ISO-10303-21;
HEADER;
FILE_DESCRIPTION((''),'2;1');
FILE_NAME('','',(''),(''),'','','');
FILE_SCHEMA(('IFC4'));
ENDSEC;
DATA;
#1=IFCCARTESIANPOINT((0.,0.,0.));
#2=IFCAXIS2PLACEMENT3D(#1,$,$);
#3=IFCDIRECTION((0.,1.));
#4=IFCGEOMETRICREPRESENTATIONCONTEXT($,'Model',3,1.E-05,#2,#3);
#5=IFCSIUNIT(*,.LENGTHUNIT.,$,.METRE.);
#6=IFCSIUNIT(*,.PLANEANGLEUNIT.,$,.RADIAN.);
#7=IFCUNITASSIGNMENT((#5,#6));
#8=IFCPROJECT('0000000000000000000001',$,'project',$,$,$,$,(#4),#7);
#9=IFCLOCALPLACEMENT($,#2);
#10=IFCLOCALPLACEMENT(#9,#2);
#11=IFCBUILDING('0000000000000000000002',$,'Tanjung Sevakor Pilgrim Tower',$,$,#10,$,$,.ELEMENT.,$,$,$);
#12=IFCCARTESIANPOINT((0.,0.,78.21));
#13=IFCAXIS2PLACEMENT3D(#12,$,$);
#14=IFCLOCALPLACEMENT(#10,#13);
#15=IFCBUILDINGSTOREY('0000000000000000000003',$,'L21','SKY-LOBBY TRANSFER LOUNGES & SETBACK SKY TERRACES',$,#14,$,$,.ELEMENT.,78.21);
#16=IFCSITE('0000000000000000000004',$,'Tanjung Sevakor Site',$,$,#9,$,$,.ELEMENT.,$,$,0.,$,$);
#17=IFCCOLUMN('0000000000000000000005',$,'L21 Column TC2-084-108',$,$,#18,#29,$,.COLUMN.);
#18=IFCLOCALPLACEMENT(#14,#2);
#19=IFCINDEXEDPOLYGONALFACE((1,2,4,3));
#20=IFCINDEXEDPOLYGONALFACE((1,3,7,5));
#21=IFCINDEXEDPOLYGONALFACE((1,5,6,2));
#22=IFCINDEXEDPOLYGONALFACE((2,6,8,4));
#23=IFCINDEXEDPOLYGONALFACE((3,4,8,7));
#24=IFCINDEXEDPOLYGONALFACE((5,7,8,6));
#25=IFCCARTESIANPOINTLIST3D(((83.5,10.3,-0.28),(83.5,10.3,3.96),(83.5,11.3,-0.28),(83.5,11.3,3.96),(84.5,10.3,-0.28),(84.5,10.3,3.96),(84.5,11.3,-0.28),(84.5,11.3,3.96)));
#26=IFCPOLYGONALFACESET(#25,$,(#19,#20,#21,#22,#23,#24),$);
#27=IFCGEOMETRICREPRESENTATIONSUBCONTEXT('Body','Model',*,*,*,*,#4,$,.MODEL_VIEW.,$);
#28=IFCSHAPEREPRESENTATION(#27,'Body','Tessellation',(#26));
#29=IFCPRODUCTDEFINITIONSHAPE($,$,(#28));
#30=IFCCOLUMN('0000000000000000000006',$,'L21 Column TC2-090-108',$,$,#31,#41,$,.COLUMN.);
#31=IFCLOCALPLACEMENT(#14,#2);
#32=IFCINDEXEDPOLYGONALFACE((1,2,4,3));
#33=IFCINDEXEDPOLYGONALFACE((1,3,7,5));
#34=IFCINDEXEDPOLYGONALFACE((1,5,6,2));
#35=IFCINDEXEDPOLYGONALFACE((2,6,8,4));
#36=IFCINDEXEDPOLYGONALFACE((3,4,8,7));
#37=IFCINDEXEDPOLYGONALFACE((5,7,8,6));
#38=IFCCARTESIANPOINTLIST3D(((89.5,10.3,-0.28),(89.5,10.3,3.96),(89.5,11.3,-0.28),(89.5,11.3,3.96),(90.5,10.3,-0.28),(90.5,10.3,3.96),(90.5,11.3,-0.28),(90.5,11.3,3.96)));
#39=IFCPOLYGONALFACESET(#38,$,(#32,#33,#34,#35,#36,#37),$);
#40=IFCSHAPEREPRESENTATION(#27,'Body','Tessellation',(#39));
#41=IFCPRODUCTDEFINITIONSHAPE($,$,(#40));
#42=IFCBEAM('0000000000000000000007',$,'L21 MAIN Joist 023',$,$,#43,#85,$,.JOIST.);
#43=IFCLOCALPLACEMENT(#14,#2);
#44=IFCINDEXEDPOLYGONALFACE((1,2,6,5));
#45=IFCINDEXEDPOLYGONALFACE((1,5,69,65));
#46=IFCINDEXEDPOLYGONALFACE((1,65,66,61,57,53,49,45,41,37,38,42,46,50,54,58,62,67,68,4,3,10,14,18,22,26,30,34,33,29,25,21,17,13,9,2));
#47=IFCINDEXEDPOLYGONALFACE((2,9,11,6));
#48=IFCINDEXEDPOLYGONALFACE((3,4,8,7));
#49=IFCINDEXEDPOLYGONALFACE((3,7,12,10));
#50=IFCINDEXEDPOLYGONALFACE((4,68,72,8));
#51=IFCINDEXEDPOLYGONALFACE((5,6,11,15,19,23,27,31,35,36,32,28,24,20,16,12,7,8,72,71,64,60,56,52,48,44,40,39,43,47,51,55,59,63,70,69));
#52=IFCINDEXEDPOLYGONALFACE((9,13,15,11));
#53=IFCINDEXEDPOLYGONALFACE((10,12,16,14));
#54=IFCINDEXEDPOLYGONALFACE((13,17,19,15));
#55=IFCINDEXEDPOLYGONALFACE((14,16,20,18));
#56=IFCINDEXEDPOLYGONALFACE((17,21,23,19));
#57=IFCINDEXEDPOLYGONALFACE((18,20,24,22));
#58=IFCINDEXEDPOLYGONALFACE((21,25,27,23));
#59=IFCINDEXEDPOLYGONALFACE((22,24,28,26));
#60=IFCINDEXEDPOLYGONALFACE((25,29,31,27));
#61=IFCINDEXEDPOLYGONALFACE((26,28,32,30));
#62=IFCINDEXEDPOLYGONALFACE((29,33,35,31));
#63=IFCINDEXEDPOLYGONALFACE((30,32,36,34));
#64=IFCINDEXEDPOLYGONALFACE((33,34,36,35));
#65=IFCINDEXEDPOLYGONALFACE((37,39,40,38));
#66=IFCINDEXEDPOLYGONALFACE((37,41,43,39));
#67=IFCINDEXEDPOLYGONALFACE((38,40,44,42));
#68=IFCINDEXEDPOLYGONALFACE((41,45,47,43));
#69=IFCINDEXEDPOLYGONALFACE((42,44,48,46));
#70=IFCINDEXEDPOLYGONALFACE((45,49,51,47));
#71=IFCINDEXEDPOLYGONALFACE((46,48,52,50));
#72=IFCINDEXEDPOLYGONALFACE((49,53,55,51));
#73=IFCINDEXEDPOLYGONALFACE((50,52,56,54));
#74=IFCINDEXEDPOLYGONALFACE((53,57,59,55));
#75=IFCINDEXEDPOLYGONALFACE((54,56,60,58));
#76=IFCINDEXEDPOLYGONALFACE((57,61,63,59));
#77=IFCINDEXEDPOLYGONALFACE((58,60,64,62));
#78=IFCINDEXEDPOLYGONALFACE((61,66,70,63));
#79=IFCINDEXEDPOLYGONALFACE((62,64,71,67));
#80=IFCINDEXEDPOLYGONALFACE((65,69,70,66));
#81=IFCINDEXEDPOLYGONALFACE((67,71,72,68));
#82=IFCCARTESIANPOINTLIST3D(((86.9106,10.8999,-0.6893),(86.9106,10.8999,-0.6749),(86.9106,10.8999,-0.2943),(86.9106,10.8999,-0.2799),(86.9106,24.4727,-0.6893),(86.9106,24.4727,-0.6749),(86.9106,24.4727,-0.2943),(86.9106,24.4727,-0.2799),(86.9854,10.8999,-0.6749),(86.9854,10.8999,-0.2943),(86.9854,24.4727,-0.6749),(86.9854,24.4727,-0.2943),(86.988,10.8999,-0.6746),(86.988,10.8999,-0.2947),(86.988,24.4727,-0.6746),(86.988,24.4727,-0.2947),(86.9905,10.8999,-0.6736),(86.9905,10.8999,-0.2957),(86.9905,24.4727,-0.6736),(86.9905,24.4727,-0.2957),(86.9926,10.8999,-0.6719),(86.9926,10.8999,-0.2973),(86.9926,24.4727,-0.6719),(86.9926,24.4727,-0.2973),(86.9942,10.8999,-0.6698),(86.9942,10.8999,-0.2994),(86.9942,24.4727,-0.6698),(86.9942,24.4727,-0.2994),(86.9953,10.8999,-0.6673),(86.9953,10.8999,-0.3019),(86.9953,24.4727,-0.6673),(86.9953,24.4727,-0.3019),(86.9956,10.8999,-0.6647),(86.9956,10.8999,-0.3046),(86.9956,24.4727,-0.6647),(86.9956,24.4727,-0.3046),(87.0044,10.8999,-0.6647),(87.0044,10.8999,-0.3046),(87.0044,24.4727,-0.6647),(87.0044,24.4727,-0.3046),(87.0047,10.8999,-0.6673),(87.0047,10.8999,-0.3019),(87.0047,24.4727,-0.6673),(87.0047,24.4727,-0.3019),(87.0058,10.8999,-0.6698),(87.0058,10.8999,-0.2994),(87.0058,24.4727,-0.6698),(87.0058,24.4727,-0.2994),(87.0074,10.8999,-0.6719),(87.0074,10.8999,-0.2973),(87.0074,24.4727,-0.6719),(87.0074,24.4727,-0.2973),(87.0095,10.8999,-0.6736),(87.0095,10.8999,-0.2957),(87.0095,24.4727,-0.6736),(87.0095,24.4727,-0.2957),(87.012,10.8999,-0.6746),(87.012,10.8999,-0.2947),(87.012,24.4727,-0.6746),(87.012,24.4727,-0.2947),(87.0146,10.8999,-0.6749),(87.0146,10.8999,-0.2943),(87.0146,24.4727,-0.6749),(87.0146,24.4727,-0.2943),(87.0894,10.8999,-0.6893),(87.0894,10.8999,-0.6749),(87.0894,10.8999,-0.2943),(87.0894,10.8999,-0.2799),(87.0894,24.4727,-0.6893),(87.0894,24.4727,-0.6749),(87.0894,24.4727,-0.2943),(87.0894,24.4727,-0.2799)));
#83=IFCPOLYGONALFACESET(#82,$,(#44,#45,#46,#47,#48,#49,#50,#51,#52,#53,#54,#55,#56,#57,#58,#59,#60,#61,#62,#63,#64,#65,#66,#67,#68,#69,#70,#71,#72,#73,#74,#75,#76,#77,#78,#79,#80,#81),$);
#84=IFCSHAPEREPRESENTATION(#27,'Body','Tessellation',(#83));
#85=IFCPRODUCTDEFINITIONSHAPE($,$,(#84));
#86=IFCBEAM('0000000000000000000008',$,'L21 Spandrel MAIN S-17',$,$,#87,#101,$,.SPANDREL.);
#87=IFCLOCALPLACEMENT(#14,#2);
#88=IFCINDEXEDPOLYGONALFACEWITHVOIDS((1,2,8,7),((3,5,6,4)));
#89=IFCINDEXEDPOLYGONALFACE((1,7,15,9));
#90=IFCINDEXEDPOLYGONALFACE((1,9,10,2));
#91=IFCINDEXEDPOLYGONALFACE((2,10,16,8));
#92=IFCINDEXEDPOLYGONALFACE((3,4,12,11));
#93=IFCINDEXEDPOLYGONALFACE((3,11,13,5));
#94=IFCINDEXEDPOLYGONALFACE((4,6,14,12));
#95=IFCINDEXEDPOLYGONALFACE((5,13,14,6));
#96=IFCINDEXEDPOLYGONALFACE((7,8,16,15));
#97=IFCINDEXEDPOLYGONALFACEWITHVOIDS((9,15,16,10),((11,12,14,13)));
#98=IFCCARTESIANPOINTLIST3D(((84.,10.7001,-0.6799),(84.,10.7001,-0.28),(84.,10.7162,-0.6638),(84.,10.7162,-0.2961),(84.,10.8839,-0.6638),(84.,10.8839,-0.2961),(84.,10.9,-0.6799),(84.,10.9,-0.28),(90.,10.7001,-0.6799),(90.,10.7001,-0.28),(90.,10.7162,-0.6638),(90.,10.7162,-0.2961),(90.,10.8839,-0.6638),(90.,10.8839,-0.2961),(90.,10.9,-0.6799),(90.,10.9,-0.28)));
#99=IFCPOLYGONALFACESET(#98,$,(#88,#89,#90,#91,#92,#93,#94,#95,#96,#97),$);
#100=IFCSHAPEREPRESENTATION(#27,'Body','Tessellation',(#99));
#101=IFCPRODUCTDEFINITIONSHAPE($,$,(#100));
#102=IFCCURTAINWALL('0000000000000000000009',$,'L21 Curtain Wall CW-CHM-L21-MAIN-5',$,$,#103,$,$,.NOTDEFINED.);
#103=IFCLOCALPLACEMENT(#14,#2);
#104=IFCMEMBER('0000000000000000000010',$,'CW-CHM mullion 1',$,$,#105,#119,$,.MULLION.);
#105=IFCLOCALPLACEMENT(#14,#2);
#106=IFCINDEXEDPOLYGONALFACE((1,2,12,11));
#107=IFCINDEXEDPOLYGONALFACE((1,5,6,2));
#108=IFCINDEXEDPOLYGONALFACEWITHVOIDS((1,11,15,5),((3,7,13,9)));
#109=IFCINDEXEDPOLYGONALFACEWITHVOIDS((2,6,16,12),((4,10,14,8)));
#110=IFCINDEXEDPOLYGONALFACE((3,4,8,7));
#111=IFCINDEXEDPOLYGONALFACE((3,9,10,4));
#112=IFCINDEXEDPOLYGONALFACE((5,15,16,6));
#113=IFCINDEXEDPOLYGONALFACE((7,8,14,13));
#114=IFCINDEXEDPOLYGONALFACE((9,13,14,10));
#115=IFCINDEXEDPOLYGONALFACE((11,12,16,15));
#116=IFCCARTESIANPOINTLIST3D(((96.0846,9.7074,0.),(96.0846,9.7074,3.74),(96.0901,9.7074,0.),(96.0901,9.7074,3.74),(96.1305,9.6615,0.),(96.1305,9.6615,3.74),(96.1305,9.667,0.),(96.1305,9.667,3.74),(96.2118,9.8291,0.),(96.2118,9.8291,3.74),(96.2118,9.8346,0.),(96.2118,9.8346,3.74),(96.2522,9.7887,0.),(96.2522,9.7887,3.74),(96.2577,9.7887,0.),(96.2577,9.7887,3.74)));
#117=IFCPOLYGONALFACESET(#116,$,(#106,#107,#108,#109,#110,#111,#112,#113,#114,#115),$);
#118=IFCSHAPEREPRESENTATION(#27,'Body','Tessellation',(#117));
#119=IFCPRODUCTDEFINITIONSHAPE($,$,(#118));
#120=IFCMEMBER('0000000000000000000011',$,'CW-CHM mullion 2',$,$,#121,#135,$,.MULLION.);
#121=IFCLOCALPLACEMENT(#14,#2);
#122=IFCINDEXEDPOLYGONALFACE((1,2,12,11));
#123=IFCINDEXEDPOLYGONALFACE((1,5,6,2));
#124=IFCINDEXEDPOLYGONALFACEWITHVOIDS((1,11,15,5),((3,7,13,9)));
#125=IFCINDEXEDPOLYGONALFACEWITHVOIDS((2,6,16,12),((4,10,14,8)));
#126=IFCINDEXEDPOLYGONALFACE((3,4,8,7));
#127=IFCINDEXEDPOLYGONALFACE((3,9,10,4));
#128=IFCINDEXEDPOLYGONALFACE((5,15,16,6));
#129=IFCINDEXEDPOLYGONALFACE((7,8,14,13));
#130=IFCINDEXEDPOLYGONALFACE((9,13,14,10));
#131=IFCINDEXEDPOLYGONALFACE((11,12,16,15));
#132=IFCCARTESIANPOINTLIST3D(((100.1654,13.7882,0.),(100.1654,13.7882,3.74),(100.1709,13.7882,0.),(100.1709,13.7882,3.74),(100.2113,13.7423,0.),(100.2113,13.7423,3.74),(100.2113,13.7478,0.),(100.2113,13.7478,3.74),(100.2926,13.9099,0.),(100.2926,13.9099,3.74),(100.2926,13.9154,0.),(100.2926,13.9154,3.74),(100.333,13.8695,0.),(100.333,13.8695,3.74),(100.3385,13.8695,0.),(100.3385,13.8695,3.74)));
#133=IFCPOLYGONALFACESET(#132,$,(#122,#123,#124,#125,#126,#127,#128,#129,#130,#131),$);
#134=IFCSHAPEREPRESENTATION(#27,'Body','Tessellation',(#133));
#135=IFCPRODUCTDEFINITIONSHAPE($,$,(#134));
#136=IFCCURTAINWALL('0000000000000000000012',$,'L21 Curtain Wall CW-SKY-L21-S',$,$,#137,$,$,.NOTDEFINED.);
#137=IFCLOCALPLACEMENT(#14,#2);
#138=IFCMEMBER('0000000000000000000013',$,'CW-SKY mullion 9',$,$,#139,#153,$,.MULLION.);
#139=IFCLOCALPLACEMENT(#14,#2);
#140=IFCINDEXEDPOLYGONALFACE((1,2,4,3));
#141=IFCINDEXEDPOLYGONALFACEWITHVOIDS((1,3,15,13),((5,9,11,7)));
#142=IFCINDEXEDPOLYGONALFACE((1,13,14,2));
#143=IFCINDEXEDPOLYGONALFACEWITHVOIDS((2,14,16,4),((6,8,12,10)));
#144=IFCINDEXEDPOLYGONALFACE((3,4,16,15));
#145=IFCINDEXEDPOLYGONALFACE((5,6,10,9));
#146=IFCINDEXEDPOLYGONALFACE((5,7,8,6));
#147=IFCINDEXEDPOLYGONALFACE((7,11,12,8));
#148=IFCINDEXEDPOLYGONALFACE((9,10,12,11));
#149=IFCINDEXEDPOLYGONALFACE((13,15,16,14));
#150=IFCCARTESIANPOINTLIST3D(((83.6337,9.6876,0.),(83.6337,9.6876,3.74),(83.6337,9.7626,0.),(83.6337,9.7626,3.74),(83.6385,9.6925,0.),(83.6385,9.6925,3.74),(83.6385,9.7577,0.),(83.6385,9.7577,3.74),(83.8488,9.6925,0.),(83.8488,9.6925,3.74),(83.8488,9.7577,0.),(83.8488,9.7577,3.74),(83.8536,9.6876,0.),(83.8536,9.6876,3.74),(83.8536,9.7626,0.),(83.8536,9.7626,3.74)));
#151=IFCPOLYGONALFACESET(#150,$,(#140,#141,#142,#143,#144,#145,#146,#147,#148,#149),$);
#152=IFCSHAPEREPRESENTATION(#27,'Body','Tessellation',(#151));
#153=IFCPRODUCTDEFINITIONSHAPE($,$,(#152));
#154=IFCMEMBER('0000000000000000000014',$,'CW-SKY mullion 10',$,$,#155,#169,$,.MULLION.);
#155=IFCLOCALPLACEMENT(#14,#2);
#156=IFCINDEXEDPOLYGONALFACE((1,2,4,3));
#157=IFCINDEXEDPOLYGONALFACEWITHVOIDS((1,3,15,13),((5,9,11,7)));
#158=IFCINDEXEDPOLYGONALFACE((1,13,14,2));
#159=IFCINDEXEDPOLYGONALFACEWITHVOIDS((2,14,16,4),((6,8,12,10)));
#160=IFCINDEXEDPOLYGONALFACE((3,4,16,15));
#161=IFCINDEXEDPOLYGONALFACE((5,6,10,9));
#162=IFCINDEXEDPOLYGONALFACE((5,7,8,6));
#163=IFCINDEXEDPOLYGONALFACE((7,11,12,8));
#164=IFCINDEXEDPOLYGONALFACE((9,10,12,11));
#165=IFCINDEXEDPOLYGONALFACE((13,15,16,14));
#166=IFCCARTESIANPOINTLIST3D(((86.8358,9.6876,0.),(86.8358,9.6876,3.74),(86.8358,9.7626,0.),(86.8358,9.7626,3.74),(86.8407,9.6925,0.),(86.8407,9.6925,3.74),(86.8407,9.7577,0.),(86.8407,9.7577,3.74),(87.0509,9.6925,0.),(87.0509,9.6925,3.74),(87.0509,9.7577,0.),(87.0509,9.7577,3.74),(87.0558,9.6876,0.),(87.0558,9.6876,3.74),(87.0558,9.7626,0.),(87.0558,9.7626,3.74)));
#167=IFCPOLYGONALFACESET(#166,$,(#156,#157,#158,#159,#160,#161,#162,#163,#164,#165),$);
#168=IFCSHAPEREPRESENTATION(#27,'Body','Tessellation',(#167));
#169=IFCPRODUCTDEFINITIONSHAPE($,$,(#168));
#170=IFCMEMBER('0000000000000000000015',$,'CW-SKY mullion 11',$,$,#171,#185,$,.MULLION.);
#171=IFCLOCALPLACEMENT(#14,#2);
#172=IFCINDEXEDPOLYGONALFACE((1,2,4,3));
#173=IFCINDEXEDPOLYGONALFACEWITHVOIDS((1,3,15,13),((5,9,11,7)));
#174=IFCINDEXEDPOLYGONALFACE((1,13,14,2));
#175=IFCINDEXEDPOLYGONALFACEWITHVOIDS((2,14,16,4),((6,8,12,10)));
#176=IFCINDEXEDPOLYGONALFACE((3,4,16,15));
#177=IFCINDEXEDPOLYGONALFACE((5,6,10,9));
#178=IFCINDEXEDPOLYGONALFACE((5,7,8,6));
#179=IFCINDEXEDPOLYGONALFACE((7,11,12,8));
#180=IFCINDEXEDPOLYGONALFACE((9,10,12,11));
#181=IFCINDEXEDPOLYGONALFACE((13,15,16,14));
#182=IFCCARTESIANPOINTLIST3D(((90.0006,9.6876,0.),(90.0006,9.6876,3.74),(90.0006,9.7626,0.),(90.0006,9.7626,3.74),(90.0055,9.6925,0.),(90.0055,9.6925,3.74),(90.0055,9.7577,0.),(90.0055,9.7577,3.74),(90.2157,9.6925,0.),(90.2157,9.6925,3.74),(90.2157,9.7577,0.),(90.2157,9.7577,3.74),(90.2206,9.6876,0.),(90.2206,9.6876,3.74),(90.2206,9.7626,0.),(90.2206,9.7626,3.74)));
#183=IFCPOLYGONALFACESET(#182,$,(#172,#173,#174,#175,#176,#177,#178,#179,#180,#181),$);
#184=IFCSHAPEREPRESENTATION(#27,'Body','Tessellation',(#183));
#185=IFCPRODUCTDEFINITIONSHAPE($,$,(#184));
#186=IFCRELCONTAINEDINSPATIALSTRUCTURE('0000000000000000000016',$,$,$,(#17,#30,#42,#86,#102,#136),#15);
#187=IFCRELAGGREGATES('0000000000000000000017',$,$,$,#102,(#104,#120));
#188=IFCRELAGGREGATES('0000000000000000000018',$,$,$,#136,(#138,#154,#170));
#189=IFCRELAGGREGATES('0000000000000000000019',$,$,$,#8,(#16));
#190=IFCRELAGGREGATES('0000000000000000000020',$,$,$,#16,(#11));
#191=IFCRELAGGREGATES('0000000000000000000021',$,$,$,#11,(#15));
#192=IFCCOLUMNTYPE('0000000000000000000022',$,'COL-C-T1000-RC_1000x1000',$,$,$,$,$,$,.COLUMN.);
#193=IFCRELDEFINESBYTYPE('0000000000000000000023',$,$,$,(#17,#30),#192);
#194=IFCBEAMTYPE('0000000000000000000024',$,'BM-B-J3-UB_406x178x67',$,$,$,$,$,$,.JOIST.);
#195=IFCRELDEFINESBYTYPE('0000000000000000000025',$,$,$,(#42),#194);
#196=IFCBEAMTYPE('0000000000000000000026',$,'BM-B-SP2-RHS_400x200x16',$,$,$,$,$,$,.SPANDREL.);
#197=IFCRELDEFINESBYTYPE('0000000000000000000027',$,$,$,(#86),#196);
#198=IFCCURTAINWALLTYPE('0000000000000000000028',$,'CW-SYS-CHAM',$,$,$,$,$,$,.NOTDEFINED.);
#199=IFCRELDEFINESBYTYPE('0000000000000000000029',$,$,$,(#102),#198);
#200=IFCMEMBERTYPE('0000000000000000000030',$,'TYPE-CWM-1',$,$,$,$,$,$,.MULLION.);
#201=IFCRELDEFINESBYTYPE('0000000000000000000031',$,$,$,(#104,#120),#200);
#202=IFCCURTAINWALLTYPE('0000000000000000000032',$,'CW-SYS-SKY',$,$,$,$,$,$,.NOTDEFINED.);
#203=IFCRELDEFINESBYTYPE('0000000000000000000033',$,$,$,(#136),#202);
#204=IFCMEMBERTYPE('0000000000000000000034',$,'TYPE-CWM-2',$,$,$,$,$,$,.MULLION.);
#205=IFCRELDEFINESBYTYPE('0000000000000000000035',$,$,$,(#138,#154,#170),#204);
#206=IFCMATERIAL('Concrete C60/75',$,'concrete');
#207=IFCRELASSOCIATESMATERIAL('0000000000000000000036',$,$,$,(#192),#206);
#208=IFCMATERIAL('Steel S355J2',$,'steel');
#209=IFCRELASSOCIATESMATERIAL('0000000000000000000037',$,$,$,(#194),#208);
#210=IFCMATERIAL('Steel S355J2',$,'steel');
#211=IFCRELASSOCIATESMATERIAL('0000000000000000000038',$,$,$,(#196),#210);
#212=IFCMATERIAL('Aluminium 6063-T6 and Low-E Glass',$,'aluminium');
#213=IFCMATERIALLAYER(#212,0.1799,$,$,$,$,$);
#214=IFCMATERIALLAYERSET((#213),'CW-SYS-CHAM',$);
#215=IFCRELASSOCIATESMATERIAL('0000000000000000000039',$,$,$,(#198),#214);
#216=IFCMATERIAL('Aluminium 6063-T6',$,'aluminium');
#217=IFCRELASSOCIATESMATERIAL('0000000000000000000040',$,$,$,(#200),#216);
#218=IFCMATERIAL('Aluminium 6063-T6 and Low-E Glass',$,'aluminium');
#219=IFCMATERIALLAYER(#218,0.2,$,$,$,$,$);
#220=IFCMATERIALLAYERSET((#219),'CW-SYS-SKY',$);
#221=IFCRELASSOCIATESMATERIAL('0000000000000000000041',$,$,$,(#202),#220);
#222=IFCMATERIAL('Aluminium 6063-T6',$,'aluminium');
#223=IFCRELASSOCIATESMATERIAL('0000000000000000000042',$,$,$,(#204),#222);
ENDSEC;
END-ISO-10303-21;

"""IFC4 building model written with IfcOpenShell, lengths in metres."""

from ifc_helpers import new_model, si_unit, direction, frame, origin, origin_2d, place, context, subcontext, project, spatial, rectangle, hollow_rectangle, i_section, extrude, material, layer, layer_set, material_profile, profile_set, type_object, element, aggregate, save


model = new_model("IFC4")

# Units and contexts
model_context = context("Model", 3, precision=1e-05, world=origin(), true_north=direction((0.0, 1.0)))
body_context = subcontext(model_context, "Body", "Model", "MODEL_VIEW")
ifc_project = project(units=[si_unit("LENGTHUNIT", "METRE"), si_unit("PLANEANGLEUNIT", "RADIAN")], contexts=[model_context])

# Site, building, storey
site_placement = place(None, origin())
site = spatial("IfcSite", under=ifc_project, at=site_placement, Name="Tanjung Sevakor Site", CompositionType="ELEMENT", RefElevation=0.0)
building_placement = place(site_placement, origin())
building = spatial("IfcBuilding", under=site, at=building_placement, Name="Tanjung Sevakor Pilgrim Tower", CompositionType="ELEMENT")
storey_placement = place(building_placement, frame((0.0, 0.0, 78.21)))
storey = spatial("IfcBuildingStorey", under=building, at=storey_placement, Name="L21", Description="SKY-LOBBY TRANSFER LOUNGES & SETBACK SKY TERRACES", CompositionType="ELEMENT", Elevation=78.21)

# Columns
ifc_material_1 = material(Name="Concrete C60/75", Category="concrete")
ifc_material_profile_1 = material_profile(ifc_material_1, rectangle(XDim=1.0, YDim=1.0, at=origin_2d()))
ifc_profile_set_1 = profile_set([ifc_material_profile_1], Name="Concrete C60/75")
column_type = type_object("IfcColumnType", Name="COL-C-T1000-RC_1000x1000", PredefinedType="COLUMN", material=ifc_profile_set_1)
for number, where, z_axis, x_axis, name in (
    (1, (84.0, 10.8, -0.28), (0.0, 0.0, 1.0), (1.0, 0.0, 0.0), "L21 Column TC2-084-108"),
    (2, (90.0, 10.8, -0.28), (0.0, 0.0, 1.0), (1.0, 0.0, 0.0), "L21 Column TC2-090-108"),
):
    element("IfcColumn", number, at=place(storey_placement, frame(where, z_axis=z_axis, x_axis=x_axis)), inside=storey, type_object=column_type, Name=name, PredefinedType="COLUMN", context=body_context, shape_type="SweptSolid", body=[
        extrude(rectangle(XDim=1.0, YDim=1.0, at=origin_2d()), origin(), (0.0, 0.0, 1.0), 4.24),
    ])

# Beams
ifc_material_2 = material(Name="Steel S355J2", Category="steel")
ifc_material_profile_2 = material_profile(ifc_material_2, i_section(OverallWidth=0.1787, OverallDepth=0.4094, WebThickness=0.0088, FlangeThickness=0.0144, FilletRadius=0.0103, at=origin_2d()))
ifc_profile_set_2 = profile_set([ifc_material_profile_2], Name="Steel S355J2")
beam_type_1 = type_object("IfcBeamType", Name="BM-B-J3-UB_406x178x67", PredefinedType="JOIST", material=ifc_profile_set_2)
beam_1_placement = place(storey_placement, frame((87.0, 10.8999, -0.4846), z_axis=(0.0, 1.0, 0.0), x_axis=(-1.0, 0.0, 0.0)))
element("IfcBeam", 3, at=beam_1_placement, inside=storey, type_object=beam_type_1, Name="L21 MAIN Joist 023", PredefinedType="JOIST", context=body_context, shape_type="SweptSolid", body=[
    extrude(i_section(OverallWidth=0.1787, OverallDepth=0.4094, WebThickness=0.0088, FlangeThickness=0.0144, FilletRadius=0.0103, at=origin_2d()), origin(), (0.0, 0.0, 1.0), 13.5728),
])
ifc_material_3 = material(Name="Steel S355J2", Category="steel")
ifc_material_profile_3 = material_profile(ifc_material_3, hollow_rectangle(XDim=0.2, YDim=0.3999, WallThickness=0.0161, at=origin_2d()))
ifc_profile_set_3 = profile_set([ifc_material_profile_3], Name="Steel S355J2")
beam_type_2 = type_object("IfcBeamType", Name="BM-B-SP2-RHS_400x200x16", PredefinedType="SPANDREL", material=ifc_profile_set_3)
beam_2_placement = place(storey_placement, frame((84.0, 10.8, -0.48), z_axis=(1.0, 0.0, 0.0), x_axis=(0.0, 1.0, 0.0)))
element("IfcBeam", 4, at=beam_2_placement, inside=storey, type_object=beam_type_2, Name="L21 Spandrel MAIN S-17", PredefinedType="SPANDREL", context=body_context, shape_type="SweptSolid", body=[
    extrude(hollow_rectangle(XDim=0.2, YDim=0.3999, WallThickness=0.0161, at=origin_2d()), origin(), (0.0, 0.0, 1.0), 6.0),
])

# Curtain walls, members
ifc_material_4 = material(Name="Aluminium 6063-T6 and Low-E Glass", Category="aluminium")
ifc_layer_1 = layer(ifc_material_4, 0.1799)
ifc_layer_set_1 = layer_set([ifc_layer_1], Name="CW-SYS-CHAM")
curtain_wall_type_1 = type_object("IfcCurtainWallType", Name="CW-SYS-CHAM", PredefinedType="NOTDEFINED", material=ifc_layer_set_1)
curtain_wall_1_placement = place(storey_placement, origin())
curtain_wall_1 = element("IfcCurtainWall", 5, at=curtain_wall_1_placement, inside=storey, type_object=curtain_wall_type_1, Name="L21 Curtain Wall CW-CHM-L21-MAIN-5", PredefinedType="NOTDEFINED")
ifc_material_5 = material(Name="Aluminium 6063-T6", Category="aluminium")
ifc_material_profile_4 = material_profile(ifc_material_5, hollow_rectangle(XDim=0.0649, YDim=0.1799, WallThickness=0.0039, at=origin_2d()))
ifc_profile_set_4 = profile_set([ifc_material_profile_4], Name="Aluminium 6063-T6")
member_type_1 = type_object("IfcMemberType", Name="TYPE-CWM-1", PredefinedType="MULLION", material=ifc_profile_set_4)
member_1_placement = place(storey_placement, frame((96.1711, 9.748, 0.0), z_axis=(0.0, 0.0, 1.0), x_axis=(-0.707107, 0.707107, 0.0)))
member_1 = element("IfcMember", 6, at=member_1_placement, type_object=member_type_1, Name="CW-CHM mullion 1", PredefinedType="MULLION", context=body_context, shape_type="SweptSolid", body=[
    extrude(hollow_rectangle(XDim=0.0649, YDim=0.1799, WallThickness=0.0039, at=origin_2d()), origin(), (0.0, 0.0, 1.0), 3.74),
])
member_2_placement = place(storey_placement, frame((100.252, 13.8289, 0.0), z_axis=(0.0, 0.0, 1.0), x_axis=(-0.707107, 0.707107, 0.0)))
member_2 = element("IfcMember", 7, at=member_2_placement, type_object=member_type_1, Name="CW-CHM mullion 2", PredefinedType="MULLION", context=body_context, shape_type="SweptSolid", body=[
    extrude(hollow_rectangle(XDim=0.0649, YDim=0.1799, WallThickness=0.0039, at=origin_2d()), origin(), (0.0, 0.0, 1.0), 3.74),
])
ifc_material_6 = material(Name="Aluminium 6063-T6 and Low-E Glass", Category="aluminium")
ifc_layer_2 = layer(ifc_material_6, 0.2)
ifc_layer_set_2 = layer_set([ifc_layer_2], Name="CW-SYS-SKY")
curtain_wall_type_2 = type_object("IfcCurtainWallType", Name="CW-SYS-SKY", PredefinedType="NOTDEFINED", material=ifc_layer_set_2)
curtain_wall_2_placement = place(storey_placement, origin())
curtain_wall_2 = element("IfcCurtainWall", 8, at=curtain_wall_2_placement, inside=storey, type_object=curtain_wall_type_2, Name="L21 Curtain Wall CW-SKY-L21-S", PredefinedType="NOTDEFINED")
ifc_material_7 = material(Name="Aluminium 6063-T6", Category="aluminium")
ifc_material_profile_5 = material_profile(ifc_material_7, hollow_rectangle(XDim=0.075, YDim=0.22, WallThickness=0.0049, at=origin_2d()))
ifc_profile_set_5 = profile_set([ifc_material_profile_5], Name="Aluminium 6063-T6")
member_type_2 = type_object("IfcMemberType", Name="TYPE-CWM-2", PredefinedType="MULLION", material=ifc_profile_set_5)
member_3_placement = place(storey_placement, frame((83.7437, 9.7251, 0.0), z_axis=(0.0, 0.0, 1.0), x_axis=(0.0, 1.0, 0.0)))
member_3 = element("IfcMember", 9, at=member_3_placement, type_object=member_type_2, Name="CW-SKY mullion 9", PredefinedType="MULLION", context=body_context, shape_type="SweptSolid", body=[
    extrude(hollow_rectangle(XDim=0.075, YDim=0.22, WallThickness=0.0049, at=origin_2d()), origin(), (0.0, 0.0, 1.0), 3.74),
])
member_4_placement = place(storey_placement, frame((86.9458, 9.7251, 0.0), z_axis=(0.0, 0.0, 1.0), x_axis=(0.0, 1.0, 0.0)))
member_4 = element("IfcMember", 10, at=member_4_placement, type_object=member_type_2, Name="CW-SKY mullion 10", PredefinedType="MULLION", context=body_context, shape_type="SweptSolid", body=[
    extrude(hollow_rectangle(XDim=0.075, YDim=0.22, WallThickness=0.0049, at=origin_2d()), origin(), (0.0, 0.0, 1.0), 3.74),
])
member_5_placement = place(storey_placement, frame((90.1106, 9.7251, 0.0), z_axis=(0.0, 0.0, 1.0), x_axis=(0.0, 1.0, 0.0)))
member_5 = element("IfcMember", 11, at=member_5_placement, type_object=member_type_2, Name="CW-SKY mullion 11", PredefinedType="MULLION", context=body_context, shape_type="SweptSolid", body=[
    extrude(hollow_rectangle(XDim=0.075, YDim=0.22, WallThickness=0.0049, at=origin_2d()), origin(), (0.0, 0.0, 1.0), 3.74),
])

aggregate(curtain_wall_1, [member_1, member_2])
aggregate(curtain_wall_2, [member_3, member_4, member_5])

save(model, "model.ifc")
